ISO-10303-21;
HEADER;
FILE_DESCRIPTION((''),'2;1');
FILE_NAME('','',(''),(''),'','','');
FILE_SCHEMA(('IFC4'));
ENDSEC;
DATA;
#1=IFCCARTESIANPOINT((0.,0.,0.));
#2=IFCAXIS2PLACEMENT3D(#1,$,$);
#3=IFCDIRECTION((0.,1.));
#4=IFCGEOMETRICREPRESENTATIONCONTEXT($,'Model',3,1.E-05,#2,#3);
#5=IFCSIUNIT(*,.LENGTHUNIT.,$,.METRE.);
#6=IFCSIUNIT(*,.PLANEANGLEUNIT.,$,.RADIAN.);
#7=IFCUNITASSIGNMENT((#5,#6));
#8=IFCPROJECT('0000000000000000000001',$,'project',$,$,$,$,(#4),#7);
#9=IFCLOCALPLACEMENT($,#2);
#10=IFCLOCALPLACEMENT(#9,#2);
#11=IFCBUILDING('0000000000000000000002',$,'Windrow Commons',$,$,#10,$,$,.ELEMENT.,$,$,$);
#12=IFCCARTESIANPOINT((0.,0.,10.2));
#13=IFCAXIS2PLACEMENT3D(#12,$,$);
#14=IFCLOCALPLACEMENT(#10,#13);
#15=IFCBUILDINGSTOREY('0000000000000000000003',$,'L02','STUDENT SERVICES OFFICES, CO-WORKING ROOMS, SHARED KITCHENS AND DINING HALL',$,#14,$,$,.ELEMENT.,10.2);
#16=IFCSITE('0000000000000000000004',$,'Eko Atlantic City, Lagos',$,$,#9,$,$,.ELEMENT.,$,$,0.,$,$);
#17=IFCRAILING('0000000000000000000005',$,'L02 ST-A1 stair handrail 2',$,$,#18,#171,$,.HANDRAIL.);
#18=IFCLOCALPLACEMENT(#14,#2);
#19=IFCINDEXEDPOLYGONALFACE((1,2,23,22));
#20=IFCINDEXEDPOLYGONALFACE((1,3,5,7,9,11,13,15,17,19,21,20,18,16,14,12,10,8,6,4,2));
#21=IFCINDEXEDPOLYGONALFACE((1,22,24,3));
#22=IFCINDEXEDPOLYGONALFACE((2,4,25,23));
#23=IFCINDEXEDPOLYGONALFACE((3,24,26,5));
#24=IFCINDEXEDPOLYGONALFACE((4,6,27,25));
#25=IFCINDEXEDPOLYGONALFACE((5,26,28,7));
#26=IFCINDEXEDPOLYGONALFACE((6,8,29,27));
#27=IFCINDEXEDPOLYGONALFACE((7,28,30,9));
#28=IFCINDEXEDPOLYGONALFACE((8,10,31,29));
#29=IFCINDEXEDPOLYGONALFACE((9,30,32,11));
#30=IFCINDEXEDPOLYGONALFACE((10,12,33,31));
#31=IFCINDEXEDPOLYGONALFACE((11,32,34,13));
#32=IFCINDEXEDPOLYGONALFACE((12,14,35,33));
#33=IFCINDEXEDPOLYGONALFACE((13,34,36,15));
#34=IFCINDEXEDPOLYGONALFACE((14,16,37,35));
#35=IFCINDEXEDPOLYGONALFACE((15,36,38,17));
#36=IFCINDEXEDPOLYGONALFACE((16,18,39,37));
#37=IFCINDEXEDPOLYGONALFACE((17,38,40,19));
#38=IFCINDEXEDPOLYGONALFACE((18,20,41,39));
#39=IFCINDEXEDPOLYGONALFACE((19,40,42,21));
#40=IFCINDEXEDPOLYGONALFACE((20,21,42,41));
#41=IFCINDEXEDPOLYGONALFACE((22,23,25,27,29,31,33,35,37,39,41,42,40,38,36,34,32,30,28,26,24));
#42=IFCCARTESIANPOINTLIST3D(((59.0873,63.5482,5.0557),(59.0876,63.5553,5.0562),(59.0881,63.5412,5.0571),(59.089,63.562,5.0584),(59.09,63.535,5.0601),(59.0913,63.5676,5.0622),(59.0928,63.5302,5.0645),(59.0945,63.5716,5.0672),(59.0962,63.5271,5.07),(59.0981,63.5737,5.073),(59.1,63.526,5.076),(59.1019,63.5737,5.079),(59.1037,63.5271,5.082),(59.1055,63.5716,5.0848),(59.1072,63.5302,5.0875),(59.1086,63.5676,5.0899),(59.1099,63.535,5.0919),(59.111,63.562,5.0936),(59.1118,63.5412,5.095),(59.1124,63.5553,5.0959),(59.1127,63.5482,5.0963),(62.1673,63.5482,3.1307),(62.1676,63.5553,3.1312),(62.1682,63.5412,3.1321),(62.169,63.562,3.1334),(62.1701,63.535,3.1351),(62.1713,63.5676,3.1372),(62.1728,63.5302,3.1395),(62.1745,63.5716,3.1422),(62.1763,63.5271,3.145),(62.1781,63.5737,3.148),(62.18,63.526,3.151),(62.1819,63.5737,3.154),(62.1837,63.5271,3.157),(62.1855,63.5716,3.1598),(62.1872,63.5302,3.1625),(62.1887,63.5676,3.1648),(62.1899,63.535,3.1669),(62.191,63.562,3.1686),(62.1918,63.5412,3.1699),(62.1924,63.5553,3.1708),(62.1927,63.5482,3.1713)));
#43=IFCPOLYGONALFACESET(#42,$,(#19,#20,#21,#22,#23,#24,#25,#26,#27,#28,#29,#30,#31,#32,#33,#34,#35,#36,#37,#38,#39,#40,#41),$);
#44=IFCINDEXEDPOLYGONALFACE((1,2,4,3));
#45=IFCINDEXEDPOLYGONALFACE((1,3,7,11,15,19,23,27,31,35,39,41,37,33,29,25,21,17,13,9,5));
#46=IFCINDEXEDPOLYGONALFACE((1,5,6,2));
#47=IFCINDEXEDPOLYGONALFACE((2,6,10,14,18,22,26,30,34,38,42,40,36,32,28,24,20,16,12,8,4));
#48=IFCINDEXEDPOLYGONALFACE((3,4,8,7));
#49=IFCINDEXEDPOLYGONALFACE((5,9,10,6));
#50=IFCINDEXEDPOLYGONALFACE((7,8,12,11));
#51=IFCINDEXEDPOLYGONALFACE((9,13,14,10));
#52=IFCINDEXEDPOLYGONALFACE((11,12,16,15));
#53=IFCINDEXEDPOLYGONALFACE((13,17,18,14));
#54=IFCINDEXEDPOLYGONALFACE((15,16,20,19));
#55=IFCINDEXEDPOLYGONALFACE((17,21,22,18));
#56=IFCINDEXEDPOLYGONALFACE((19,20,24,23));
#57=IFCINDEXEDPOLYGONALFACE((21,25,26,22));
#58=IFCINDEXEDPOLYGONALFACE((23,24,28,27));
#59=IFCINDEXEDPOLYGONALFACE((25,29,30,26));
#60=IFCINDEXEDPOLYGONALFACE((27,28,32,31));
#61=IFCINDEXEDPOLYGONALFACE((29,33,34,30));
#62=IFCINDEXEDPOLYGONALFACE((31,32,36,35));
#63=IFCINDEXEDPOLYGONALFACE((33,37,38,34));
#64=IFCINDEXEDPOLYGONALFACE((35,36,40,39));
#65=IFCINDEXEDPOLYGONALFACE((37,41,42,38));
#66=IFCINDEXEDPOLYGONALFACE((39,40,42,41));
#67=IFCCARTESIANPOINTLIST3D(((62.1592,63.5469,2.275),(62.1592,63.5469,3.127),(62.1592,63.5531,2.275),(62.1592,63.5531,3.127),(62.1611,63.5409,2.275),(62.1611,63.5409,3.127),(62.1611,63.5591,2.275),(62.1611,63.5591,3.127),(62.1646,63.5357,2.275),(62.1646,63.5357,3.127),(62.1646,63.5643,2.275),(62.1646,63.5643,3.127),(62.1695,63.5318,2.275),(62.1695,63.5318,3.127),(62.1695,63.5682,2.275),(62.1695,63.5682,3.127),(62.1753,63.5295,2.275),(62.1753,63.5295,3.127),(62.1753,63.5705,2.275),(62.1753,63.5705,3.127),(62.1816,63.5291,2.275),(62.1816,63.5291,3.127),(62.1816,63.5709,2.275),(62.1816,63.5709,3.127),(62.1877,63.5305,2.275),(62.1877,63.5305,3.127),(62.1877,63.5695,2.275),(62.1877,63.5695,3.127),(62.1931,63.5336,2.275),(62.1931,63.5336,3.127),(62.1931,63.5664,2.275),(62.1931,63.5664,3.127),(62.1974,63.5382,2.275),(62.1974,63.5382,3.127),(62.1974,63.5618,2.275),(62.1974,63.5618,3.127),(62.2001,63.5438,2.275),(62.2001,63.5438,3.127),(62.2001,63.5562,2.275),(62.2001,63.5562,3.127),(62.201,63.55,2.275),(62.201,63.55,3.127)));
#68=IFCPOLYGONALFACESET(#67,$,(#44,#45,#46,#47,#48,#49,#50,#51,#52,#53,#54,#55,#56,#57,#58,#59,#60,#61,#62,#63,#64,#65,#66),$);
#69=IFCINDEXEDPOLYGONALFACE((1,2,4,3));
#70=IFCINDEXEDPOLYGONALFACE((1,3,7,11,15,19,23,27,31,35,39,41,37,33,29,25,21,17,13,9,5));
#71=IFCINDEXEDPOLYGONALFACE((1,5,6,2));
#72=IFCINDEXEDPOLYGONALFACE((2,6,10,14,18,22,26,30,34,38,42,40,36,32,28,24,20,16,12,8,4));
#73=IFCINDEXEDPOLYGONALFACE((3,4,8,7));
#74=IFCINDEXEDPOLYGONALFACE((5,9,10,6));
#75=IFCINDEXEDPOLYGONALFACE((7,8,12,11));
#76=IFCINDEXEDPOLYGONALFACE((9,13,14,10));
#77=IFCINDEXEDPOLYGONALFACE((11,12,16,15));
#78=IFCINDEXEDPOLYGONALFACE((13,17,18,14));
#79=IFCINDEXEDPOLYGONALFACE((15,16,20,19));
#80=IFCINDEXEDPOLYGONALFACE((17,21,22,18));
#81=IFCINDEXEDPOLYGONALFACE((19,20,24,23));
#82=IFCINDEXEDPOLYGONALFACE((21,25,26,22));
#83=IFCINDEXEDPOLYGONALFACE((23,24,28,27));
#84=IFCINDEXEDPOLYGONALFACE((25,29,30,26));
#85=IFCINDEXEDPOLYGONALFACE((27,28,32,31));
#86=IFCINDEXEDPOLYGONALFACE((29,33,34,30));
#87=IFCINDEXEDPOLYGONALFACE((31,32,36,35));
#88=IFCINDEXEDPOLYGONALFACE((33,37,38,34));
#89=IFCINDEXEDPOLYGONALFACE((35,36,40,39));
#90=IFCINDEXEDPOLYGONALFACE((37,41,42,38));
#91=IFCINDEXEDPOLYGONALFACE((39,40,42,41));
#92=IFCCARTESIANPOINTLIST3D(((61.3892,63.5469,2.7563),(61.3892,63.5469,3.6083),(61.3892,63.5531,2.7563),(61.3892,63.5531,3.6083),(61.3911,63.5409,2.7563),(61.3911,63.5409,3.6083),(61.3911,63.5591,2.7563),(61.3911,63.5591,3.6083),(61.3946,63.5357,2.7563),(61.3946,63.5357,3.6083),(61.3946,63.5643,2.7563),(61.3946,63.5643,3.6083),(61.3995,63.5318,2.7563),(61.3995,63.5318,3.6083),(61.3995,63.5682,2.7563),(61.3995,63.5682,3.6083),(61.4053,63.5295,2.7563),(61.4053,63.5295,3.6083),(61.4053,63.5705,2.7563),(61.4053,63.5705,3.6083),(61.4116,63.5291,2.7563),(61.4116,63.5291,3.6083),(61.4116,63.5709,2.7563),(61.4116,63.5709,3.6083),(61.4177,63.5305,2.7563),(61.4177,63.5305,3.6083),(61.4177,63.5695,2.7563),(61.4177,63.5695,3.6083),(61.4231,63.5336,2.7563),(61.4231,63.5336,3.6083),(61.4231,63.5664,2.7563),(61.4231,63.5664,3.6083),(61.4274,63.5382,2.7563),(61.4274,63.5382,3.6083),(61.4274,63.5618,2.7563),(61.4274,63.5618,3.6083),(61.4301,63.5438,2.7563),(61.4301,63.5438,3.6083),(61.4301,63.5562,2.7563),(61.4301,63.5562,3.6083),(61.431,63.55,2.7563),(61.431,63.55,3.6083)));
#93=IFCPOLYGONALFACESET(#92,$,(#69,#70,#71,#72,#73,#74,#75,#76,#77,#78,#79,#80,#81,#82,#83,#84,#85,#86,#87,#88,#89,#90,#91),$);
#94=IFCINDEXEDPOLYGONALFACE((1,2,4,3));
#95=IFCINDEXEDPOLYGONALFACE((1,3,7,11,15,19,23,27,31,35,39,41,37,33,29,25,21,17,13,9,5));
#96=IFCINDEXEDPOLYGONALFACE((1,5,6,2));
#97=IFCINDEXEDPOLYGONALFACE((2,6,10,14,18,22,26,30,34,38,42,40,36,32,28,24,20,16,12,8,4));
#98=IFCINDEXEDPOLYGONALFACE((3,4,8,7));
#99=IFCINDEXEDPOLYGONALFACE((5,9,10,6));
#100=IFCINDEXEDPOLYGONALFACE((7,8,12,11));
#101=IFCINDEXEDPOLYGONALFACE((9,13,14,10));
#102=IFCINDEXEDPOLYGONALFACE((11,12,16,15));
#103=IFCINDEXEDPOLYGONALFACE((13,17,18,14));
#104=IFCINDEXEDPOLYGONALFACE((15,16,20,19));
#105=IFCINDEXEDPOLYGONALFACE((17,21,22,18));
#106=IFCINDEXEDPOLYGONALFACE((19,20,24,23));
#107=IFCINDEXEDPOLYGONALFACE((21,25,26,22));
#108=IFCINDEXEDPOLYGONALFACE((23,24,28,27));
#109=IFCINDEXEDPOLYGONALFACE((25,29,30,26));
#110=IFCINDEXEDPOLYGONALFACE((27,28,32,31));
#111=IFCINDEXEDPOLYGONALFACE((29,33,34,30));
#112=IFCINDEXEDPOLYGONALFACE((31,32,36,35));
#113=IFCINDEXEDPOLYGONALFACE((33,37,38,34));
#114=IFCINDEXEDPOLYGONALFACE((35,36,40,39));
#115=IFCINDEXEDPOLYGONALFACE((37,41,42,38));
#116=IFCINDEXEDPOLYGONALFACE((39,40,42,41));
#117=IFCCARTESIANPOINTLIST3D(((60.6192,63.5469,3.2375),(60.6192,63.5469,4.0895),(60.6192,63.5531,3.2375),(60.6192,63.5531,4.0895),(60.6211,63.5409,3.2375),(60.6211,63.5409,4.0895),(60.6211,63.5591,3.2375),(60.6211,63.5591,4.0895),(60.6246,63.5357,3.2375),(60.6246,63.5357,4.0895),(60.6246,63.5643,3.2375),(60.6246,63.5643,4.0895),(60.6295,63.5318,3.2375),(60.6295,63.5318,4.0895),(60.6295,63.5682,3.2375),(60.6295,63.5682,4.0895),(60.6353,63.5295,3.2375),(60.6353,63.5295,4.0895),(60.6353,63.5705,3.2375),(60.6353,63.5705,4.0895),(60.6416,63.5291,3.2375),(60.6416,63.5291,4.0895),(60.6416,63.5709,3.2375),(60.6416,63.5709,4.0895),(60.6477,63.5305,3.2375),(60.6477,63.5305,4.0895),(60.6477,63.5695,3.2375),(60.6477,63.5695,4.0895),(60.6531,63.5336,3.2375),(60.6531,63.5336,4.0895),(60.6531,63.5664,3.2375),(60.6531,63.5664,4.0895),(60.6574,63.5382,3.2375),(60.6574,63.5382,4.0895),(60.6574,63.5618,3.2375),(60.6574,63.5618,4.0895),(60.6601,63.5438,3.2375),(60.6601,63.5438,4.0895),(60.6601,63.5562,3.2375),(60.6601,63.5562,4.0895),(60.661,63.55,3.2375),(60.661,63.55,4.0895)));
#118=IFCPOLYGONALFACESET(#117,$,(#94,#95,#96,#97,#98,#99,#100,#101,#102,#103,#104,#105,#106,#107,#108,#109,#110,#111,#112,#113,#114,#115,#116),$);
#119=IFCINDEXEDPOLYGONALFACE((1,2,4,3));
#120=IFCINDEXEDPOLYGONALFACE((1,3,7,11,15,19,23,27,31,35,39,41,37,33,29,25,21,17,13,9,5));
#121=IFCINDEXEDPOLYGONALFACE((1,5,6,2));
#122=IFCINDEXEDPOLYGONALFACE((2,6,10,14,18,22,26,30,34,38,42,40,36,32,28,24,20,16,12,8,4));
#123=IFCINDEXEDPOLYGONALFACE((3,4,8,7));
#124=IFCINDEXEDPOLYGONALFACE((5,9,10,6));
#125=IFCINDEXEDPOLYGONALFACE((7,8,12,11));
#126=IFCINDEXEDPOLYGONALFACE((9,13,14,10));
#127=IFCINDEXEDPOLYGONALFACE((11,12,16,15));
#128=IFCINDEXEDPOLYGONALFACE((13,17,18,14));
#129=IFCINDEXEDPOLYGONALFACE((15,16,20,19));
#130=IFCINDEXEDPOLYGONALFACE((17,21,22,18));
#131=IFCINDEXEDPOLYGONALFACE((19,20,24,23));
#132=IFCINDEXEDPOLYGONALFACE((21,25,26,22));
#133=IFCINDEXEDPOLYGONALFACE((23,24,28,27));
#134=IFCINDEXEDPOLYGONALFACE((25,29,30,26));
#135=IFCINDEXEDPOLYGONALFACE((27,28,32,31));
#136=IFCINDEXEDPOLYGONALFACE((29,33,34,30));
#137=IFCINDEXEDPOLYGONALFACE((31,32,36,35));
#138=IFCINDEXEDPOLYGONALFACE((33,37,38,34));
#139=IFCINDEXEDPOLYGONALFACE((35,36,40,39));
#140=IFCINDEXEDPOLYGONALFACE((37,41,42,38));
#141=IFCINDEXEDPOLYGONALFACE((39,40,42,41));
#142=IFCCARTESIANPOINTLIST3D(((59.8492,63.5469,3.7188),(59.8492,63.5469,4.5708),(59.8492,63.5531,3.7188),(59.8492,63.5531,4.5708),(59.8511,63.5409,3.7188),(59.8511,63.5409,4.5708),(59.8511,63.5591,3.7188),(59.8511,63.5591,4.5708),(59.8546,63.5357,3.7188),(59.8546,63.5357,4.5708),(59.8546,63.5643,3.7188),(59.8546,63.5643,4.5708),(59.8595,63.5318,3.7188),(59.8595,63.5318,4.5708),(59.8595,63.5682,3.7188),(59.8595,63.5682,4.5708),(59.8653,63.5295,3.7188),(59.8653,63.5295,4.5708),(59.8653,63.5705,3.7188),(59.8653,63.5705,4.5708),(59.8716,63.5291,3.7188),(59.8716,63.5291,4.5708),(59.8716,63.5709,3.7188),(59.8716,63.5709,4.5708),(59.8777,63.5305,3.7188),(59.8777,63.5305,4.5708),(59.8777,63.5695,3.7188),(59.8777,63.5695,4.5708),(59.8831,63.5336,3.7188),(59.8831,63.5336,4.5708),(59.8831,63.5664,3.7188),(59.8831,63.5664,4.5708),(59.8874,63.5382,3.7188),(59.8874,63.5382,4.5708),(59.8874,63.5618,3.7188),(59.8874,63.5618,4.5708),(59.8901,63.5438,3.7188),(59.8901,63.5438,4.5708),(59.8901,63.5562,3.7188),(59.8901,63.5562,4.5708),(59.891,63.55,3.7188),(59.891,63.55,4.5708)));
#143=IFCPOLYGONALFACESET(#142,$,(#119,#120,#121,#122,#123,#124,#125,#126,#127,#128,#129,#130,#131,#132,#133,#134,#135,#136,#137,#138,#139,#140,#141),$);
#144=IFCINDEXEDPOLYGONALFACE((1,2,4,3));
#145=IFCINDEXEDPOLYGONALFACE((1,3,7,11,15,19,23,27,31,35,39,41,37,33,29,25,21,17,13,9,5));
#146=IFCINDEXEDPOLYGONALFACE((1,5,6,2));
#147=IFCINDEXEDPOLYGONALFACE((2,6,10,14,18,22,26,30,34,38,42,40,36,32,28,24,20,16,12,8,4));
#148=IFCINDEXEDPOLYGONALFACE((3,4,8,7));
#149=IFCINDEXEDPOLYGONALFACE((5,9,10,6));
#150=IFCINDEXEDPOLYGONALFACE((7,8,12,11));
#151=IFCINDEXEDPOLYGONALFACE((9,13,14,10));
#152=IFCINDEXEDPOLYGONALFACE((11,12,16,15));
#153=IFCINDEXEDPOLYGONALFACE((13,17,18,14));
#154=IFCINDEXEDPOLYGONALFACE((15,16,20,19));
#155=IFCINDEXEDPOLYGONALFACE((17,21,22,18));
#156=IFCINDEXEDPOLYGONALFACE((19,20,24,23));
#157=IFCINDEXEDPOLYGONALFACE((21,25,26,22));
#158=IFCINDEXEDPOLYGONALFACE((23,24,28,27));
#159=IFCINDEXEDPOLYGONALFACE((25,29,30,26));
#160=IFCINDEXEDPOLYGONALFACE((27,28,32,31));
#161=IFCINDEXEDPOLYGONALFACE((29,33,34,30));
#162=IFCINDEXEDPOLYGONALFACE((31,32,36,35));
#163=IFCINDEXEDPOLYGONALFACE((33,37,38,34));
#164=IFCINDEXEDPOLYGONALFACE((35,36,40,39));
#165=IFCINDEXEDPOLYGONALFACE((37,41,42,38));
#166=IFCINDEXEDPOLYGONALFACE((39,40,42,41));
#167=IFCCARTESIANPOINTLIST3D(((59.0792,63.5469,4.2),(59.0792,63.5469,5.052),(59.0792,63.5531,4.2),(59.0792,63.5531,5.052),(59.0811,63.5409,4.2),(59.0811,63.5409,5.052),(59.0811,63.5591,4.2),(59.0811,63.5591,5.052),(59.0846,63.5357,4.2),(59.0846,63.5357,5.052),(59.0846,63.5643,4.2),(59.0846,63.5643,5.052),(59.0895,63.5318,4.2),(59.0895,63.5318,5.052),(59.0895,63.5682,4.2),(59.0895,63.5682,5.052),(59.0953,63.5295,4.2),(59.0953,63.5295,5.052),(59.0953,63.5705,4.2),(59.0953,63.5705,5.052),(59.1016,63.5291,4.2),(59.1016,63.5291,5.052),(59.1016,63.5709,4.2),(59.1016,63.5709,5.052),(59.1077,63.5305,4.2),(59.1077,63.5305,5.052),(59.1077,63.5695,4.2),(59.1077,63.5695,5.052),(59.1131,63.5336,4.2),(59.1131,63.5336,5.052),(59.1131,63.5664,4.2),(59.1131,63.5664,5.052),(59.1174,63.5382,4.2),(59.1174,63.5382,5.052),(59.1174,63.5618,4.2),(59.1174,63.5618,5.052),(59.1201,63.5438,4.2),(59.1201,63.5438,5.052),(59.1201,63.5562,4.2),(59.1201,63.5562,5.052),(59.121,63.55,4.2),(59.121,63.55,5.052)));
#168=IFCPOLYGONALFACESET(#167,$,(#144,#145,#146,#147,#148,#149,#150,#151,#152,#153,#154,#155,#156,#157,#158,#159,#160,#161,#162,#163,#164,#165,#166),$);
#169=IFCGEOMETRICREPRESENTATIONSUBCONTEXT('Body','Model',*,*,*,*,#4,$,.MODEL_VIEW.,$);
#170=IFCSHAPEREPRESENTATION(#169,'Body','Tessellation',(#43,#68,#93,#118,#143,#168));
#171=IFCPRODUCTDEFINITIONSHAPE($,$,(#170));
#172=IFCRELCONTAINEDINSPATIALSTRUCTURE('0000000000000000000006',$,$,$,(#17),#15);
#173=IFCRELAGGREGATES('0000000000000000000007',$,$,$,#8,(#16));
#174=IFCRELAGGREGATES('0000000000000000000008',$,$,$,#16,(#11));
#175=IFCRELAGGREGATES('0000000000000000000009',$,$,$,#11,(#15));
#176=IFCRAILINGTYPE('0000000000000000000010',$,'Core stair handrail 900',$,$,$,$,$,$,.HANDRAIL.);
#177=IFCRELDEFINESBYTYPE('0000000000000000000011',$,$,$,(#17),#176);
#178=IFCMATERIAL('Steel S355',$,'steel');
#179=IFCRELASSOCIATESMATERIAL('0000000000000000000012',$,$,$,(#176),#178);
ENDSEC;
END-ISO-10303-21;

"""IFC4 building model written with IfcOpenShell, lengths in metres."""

from ifc_helpers import new_model, si_unit, direction, frame, origin, origin_2d, place, context, subcontext, project, spatial, circle, extrude, material, type_object, element, save


model = new_model("IFC4")

# Units and contexts
model_context = context("Model", 3, precision=1e-05, world=origin(), true_north=direction((0.0, 1.0)))
body_context = subcontext(model_context, "Body", "Model", "MODEL_VIEW")
ifc_project = project(units=[si_unit("LENGTHUNIT", "METRE"), si_unit("PLANEANGLEUNIT", "RADIAN")], contexts=[model_context])

# Site, building, storey
site_placement = place(None, origin())
site = spatial("IfcSite", under=ifc_project, at=site_placement, Name="Eko Atlantic City, Lagos", CompositionType="ELEMENT", RefElevation=0.0)
building_placement = place(site_placement, origin())
building = spatial("IfcBuilding", under=site, at=building_placement, Name="Windrow Commons", CompositionType="ELEMENT")
storey_placement = place(building_placement, frame((0.0, 0.0, 10.2)))
storey = spatial("IfcBuildingStorey", under=building, at=storey_placement, Name="L02", Description="STUDENT SERVICES OFFICES, CO-WORKING ROOMS, SHARED KITCHENS AND DINING HALL", CompositionType="ELEMENT", Elevation=10.2)

# Railing
ifc_material_1 = material(Name="Steel S355", Category="steel")
railing_type_1 = type_object("IfcRailingType", Name="Core stair handrail 900", PredefinedType="HANDRAIL", material=ifc_material_1)
railing_1_placement = place(storey_placement, frame((62.18, 63.55, 2.275)))
element("IfcRailing", 1, at=railing_1_placement, inside=storey, type_object=railing_type_1, Name="L02 ST-A1 stair handrail 2", PredefinedType="HANDRAIL", context=body_context, shape_type="SweptSolid", body=[
    extrude(circle(Radius=0.024, at=origin_2d()), frame((0.0, 0.0, 0.876), z_axis=(-0.847998, 0.0, 0.529999), x_axis=(0.0, -1.0, 0.0)), (0.0, 0.0, 1.0), 3.6321),
    extrude(circle(Radius=0.021, at=origin_2d()), origin(), (0.0, 0.0, 1.0), 0.852),
    extrude(circle(Radius=0.021, at=origin_2d()), frame((-0.77, 0.0, 0.4813)), (0.0, 0.0, 1.0), 0.852),
    extrude(circle(Radius=0.021, at=origin_2d()), frame((-1.54, 0.0, 0.9625)), (0.0, 0.0, 1.0), 0.852),
    extrude(circle(Radius=0.021, at=origin_2d()), frame((-2.31, 0.0, 1.4438)), (0.0, 0.0, 1.0), 0.852),
    extrude(circle(Radius=0.021, at=origin_2d()), frame((-3.08, 0.0, 1.925)), (0.0, 0.0, 1.0), 0.852),
])

save(model, "model.ifc")
